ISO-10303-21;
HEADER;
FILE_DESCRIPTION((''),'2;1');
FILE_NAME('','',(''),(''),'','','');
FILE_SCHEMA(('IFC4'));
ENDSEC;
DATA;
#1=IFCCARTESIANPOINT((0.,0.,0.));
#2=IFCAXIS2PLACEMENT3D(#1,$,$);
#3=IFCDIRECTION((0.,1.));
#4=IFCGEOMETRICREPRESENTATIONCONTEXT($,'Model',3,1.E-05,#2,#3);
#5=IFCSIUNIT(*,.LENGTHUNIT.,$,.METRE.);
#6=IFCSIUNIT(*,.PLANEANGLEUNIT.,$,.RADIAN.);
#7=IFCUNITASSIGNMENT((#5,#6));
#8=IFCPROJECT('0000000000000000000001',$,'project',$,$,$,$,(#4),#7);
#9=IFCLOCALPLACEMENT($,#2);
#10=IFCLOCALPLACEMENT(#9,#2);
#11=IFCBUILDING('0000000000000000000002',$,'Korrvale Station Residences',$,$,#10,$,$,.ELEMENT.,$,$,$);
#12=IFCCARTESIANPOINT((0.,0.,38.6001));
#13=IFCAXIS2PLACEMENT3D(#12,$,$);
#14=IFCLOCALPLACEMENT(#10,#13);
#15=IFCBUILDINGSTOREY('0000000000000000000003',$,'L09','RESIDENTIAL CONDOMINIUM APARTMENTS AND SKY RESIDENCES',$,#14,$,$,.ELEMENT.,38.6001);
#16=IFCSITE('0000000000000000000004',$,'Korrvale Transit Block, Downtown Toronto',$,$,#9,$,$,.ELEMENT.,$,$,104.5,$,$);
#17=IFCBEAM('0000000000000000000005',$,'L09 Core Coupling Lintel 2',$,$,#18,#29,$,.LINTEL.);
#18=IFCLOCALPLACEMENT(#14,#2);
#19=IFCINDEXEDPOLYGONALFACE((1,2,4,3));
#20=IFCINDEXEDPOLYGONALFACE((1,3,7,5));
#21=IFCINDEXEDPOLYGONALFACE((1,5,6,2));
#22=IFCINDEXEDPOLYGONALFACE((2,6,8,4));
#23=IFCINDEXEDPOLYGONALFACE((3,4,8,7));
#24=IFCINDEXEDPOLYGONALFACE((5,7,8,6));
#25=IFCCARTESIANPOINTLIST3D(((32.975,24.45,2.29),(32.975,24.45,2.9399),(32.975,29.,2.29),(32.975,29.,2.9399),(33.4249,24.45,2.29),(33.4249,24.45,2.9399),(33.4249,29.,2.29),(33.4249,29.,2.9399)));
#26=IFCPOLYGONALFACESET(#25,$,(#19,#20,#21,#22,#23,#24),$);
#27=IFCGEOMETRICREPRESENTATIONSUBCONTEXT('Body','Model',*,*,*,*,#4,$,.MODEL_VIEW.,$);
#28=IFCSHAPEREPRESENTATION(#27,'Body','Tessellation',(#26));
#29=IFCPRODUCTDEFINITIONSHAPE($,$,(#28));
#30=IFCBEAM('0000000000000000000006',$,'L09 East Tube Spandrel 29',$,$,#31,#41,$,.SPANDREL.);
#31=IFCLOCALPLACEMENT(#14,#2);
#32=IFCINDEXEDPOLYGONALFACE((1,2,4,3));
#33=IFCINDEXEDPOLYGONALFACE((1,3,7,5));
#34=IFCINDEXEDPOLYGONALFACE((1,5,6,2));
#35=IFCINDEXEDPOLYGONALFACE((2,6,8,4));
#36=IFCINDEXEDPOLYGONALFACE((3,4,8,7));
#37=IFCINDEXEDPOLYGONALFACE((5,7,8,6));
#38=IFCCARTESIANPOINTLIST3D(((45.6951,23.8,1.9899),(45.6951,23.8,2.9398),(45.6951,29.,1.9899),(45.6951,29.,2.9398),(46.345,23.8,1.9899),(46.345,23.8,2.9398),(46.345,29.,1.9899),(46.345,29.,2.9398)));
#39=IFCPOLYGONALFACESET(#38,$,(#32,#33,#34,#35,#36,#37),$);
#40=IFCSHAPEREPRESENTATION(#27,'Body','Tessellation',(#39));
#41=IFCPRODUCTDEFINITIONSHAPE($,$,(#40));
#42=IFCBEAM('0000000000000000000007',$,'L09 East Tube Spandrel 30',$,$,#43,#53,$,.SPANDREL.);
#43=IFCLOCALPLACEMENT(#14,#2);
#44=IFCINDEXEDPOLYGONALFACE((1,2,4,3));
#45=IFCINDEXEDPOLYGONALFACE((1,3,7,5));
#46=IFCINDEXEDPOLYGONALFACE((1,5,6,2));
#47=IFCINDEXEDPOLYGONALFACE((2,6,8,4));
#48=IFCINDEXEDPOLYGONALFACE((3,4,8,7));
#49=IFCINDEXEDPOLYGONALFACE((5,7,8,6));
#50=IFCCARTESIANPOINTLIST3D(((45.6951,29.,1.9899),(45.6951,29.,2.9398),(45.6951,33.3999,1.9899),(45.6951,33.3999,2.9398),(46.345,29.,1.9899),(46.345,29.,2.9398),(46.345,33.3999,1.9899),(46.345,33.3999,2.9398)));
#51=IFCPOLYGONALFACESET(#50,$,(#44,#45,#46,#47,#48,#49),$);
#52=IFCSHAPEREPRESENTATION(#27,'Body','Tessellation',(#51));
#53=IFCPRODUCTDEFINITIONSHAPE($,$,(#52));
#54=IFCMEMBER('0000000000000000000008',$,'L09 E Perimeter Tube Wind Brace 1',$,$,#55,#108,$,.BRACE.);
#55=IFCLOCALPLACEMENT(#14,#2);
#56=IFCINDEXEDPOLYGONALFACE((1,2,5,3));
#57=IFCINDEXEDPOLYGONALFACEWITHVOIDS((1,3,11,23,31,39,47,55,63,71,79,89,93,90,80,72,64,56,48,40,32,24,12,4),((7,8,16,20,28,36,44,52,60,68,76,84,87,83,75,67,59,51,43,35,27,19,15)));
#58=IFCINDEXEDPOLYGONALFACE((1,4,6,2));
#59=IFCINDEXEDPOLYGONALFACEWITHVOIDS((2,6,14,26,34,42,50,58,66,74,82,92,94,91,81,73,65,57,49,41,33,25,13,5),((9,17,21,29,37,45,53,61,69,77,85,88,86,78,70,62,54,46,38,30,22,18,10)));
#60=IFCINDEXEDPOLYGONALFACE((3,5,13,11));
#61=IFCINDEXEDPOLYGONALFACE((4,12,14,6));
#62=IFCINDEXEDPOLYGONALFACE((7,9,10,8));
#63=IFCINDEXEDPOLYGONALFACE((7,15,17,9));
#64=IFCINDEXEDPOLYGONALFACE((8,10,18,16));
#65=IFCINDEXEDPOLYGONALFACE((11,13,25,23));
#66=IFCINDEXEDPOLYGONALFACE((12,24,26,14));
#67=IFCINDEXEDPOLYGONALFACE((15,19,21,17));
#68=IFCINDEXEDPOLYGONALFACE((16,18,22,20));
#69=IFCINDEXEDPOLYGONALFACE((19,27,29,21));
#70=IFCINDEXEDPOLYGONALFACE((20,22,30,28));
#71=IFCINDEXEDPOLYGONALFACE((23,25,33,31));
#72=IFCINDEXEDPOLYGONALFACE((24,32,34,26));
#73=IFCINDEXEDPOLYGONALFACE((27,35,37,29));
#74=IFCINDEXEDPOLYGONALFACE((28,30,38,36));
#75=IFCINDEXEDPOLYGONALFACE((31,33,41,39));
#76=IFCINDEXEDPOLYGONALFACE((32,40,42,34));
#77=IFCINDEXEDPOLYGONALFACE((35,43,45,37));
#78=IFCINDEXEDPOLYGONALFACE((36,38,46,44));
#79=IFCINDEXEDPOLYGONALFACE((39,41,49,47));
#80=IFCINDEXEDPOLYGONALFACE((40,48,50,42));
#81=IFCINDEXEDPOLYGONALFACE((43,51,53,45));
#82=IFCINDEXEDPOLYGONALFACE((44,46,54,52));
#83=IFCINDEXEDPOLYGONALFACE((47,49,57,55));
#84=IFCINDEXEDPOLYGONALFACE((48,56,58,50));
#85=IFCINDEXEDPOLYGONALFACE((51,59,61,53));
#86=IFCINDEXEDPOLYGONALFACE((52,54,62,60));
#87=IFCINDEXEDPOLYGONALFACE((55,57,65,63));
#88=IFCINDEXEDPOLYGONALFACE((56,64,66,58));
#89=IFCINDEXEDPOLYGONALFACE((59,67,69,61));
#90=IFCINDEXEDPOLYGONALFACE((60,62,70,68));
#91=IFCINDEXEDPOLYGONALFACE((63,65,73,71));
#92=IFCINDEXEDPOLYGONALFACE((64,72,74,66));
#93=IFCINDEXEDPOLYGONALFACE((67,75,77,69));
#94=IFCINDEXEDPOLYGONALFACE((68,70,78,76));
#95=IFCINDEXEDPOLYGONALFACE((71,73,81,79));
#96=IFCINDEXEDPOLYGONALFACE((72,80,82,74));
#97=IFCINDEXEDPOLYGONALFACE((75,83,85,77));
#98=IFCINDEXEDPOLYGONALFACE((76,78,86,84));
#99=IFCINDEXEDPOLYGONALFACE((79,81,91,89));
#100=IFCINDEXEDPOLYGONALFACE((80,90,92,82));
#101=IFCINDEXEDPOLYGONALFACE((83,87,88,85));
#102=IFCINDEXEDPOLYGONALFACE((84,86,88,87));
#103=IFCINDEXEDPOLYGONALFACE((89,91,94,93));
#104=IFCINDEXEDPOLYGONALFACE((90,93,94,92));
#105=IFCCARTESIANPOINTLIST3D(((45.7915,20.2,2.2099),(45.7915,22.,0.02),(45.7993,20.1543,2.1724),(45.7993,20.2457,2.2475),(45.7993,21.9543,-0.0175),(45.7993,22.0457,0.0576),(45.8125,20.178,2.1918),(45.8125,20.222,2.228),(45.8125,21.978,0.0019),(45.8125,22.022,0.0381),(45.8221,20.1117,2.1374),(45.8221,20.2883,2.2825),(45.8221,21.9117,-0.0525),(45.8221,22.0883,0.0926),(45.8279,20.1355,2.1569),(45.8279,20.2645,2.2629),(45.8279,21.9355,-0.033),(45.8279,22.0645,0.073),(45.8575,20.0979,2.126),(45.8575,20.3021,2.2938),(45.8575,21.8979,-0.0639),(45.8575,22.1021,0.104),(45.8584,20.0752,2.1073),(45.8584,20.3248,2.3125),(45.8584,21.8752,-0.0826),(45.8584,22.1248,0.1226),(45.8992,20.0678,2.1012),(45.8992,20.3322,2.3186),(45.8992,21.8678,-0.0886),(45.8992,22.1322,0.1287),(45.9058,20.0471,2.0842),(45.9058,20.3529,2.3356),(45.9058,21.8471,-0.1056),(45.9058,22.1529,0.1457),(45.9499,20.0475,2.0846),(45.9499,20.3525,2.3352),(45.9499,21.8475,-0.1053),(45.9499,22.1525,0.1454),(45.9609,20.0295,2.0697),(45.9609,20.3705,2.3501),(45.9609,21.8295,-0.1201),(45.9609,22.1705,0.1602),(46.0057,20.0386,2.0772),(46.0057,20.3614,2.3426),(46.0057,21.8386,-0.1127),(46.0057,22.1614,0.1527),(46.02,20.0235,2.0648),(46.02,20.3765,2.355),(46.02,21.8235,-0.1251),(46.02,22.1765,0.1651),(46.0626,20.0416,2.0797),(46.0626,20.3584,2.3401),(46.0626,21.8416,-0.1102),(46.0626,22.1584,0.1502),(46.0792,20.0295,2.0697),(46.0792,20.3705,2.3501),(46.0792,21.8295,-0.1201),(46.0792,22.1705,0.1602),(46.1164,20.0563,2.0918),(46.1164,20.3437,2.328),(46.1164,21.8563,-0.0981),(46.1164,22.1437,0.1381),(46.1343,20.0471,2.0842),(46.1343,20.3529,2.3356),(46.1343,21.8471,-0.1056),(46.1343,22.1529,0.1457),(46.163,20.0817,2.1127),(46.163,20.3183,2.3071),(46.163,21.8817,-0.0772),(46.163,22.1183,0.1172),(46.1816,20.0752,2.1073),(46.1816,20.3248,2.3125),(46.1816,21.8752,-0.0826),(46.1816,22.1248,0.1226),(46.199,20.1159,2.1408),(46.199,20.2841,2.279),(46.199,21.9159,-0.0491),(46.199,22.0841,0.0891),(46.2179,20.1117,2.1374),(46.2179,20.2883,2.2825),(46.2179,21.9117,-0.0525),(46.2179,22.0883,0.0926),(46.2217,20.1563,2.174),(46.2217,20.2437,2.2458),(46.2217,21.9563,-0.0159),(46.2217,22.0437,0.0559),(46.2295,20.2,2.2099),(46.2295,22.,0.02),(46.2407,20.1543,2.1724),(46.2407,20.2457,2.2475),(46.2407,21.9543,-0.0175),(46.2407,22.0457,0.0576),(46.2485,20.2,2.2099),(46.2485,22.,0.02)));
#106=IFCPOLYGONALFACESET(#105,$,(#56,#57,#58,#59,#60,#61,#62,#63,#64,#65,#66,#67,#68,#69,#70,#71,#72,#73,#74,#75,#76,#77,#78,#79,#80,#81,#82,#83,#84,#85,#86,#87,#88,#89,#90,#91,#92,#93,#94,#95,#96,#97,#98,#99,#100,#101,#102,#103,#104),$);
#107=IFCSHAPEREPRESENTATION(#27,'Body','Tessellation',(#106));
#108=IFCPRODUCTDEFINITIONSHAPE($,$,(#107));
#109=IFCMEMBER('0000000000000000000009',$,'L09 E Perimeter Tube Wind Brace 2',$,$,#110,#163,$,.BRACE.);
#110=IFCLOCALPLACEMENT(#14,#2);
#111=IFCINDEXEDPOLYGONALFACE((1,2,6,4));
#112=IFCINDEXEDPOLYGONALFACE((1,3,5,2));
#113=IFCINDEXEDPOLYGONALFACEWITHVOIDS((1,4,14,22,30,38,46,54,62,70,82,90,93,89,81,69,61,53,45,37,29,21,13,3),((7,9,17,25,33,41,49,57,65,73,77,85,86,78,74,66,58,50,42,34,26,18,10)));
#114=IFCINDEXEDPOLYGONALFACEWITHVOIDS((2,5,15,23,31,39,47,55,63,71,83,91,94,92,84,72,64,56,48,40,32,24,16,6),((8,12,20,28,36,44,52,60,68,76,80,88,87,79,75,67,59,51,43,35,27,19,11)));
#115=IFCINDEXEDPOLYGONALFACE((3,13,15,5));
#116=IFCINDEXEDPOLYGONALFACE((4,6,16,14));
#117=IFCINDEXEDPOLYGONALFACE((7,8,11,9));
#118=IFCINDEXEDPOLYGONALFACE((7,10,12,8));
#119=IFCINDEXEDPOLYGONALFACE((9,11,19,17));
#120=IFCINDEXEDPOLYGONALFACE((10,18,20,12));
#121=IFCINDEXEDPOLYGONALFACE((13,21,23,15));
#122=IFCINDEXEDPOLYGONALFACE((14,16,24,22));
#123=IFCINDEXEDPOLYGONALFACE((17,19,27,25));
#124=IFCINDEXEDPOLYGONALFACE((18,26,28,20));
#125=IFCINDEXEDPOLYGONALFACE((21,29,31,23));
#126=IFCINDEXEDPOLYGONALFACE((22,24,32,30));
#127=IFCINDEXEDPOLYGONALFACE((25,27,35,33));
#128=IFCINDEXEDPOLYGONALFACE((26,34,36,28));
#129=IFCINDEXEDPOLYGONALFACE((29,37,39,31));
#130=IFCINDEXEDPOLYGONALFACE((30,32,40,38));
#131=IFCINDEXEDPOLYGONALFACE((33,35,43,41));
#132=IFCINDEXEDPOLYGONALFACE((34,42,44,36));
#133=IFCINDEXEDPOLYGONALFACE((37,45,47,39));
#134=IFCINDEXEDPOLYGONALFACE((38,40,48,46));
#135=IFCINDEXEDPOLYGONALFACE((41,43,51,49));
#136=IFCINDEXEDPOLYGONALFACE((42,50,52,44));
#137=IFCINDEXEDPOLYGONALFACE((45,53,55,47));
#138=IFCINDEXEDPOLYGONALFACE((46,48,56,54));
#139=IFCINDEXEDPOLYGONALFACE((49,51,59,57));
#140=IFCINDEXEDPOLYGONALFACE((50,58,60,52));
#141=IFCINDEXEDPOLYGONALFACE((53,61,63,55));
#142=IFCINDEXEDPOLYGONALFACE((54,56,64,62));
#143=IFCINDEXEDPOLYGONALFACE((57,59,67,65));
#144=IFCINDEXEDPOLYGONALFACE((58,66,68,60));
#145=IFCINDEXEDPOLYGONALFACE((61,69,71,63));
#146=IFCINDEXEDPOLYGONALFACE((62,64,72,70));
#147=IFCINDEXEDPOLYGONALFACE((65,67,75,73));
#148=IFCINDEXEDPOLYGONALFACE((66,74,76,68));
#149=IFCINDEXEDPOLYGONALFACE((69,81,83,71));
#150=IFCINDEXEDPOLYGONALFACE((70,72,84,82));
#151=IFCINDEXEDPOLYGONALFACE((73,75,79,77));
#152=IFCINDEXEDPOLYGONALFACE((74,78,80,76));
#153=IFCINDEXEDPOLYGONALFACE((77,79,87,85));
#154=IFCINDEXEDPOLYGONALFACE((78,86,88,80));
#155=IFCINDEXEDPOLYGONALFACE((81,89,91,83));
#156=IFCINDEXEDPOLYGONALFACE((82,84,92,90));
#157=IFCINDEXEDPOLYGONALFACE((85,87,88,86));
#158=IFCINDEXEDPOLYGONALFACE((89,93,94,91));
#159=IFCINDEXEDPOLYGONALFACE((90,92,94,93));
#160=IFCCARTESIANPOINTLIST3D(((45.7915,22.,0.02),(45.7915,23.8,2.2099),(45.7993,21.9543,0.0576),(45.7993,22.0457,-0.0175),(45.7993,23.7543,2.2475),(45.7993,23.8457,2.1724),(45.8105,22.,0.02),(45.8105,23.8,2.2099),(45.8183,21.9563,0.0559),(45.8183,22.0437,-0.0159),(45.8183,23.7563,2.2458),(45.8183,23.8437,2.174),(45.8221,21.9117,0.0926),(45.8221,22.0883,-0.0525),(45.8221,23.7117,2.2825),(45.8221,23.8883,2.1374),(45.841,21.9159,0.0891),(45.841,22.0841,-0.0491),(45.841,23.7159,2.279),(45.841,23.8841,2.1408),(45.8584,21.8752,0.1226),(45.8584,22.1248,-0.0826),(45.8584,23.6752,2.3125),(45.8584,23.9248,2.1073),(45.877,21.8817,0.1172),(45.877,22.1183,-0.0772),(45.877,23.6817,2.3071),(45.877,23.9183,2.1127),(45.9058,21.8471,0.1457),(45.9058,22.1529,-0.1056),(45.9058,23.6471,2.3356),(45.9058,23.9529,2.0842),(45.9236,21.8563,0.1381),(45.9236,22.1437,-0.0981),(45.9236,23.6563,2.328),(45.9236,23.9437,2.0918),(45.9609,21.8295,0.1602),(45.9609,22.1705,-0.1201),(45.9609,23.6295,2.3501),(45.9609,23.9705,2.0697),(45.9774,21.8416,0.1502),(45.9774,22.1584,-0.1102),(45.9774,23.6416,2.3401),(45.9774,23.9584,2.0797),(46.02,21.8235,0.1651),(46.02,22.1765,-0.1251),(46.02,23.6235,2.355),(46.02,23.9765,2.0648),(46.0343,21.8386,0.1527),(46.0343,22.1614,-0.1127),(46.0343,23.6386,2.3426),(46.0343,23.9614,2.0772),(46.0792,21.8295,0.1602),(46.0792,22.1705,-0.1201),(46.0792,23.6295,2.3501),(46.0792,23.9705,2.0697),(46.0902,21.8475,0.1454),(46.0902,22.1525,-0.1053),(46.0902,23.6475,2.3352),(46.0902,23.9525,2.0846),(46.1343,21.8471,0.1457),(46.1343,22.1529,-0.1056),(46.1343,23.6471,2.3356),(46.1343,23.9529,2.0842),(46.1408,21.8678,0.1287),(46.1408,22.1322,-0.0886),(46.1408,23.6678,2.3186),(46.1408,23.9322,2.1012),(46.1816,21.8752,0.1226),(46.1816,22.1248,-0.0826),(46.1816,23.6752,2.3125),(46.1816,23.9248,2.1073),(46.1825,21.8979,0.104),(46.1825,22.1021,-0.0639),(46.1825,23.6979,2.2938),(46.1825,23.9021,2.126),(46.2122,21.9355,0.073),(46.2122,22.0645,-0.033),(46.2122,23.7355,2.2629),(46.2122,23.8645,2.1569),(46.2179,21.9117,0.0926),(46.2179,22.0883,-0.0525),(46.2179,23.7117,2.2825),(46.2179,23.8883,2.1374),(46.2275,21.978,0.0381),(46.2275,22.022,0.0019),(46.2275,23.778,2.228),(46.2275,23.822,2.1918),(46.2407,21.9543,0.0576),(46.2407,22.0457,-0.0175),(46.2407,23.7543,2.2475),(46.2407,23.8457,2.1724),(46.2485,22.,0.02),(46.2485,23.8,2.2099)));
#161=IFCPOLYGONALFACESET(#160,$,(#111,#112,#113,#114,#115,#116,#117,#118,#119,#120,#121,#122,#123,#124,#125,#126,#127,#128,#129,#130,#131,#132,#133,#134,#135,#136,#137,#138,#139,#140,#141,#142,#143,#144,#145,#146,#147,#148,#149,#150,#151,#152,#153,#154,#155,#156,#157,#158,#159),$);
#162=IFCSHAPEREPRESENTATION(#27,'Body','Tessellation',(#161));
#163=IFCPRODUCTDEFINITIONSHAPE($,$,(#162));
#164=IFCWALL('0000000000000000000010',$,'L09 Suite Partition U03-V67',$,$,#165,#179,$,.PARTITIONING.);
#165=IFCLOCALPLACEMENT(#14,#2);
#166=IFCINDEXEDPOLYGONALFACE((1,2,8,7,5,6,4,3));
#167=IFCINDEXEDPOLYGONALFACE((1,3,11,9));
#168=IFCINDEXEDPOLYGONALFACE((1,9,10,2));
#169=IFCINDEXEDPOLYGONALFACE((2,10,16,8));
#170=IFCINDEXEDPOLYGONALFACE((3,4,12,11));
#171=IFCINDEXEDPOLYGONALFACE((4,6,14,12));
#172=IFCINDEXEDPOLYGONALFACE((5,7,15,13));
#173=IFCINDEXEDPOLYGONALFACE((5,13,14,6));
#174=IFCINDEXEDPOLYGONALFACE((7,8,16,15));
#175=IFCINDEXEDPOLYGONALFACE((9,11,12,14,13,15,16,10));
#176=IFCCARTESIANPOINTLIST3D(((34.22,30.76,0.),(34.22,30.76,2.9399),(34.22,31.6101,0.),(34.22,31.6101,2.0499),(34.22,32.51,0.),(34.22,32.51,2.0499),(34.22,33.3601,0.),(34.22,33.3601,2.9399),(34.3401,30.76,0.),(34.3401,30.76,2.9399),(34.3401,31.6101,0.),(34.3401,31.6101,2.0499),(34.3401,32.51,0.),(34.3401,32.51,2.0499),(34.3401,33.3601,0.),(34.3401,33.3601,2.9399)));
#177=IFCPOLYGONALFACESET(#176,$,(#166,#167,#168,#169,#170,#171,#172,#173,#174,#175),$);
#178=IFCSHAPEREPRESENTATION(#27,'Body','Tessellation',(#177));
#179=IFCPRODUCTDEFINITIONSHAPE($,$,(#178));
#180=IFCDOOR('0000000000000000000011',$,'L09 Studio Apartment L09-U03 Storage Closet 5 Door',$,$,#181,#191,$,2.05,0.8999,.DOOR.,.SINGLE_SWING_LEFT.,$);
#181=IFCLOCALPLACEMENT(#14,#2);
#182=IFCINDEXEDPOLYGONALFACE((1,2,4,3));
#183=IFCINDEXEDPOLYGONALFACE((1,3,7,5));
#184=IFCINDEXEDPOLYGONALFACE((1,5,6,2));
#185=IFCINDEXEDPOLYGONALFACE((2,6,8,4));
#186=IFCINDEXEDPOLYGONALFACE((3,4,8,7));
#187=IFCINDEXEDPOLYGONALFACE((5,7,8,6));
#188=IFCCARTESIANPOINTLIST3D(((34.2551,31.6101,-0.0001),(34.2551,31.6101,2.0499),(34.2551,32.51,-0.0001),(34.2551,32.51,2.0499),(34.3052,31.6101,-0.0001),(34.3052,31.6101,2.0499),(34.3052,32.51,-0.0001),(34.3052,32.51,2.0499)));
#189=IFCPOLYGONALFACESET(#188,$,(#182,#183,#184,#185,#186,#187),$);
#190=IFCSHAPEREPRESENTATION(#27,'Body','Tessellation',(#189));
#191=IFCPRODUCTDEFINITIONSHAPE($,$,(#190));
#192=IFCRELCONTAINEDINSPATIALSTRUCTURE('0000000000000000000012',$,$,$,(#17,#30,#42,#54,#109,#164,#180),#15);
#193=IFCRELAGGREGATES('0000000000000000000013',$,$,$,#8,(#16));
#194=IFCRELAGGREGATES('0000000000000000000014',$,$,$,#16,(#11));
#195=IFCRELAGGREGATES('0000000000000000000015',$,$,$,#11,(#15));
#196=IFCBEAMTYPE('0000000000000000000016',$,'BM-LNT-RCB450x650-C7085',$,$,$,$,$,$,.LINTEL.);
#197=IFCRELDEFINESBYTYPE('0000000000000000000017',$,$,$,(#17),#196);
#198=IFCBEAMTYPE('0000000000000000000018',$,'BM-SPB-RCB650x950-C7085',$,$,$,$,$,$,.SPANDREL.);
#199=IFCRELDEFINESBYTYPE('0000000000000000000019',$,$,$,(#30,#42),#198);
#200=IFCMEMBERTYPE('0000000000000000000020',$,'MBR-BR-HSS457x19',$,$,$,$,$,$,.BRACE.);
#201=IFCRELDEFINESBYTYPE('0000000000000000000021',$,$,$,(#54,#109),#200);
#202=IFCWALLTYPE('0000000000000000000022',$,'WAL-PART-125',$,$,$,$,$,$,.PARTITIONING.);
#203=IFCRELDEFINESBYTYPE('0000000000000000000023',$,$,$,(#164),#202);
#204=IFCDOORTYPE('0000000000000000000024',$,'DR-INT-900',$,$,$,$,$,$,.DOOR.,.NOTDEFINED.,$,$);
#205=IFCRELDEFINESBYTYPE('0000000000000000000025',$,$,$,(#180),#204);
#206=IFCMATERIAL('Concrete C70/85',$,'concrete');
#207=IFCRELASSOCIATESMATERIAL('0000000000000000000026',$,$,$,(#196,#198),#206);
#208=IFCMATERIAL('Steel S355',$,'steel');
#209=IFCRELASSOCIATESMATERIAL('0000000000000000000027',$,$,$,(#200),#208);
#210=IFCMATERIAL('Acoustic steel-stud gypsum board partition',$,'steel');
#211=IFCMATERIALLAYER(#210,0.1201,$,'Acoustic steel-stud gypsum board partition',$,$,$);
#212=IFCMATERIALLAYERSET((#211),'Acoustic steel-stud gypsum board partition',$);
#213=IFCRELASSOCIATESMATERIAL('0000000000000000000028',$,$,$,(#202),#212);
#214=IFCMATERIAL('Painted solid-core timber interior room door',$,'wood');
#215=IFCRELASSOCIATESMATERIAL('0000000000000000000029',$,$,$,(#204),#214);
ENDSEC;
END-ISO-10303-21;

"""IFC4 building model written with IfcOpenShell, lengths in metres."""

from ifc_helpers import new_model, si_unit, direction, frame, frame_2d, origin, origin_2d, place, context, subcontext, project, spatial, rectangle, hollow_circle, extrude, material, layer, layer_set, material_profile, profile_set, type_object, element, fill, save


model = new_model("IFC4")

# Units and contexts
model_context = context("Model", 3, precision=1e-05, world=origin(), true_north=direction((0.0, 1.0)))
body_context = subcontext(model_context, "Body", "Model", "MODEL_VIEW")
ifc_project = project(units=[si_unit("LENGTHUNIT", "METRE"), si_unit("PLANEANGLEUNIT", "RADIAN")], contexts=[model_context])

# Site, building, storey
site_placement = place(None, origin())
site = spatial("IfcSite", under=ifc_project, at=site_placement, Name="Korrvale Transit Block, Downtown Toronto", CompositionType="ELEMENT", RefElevation=104.5)
building_placement = place(site_placement, origin())
building = spatial("IfcBuilding", under=site, at=building_placement, Name="Korrvale Station Residences", CompositionType="ELEMENT")
storey_placement = place(building_placement, frame((0.0, 0.0, 38.6001)))
storey = spatial("IfcBuildingStorey", under=building, at=storey_placement, Name="L09", Description="RESIDENTIAL CONDOMINIUM APARTMENTS AND SKY RESIDENCES", CompositionType="ELEMENT", Elevation=38.6001)

# Shared definitions
ifc_material_1 = material(Name="Concrete C70/85", Category="concrete")

# Beams
ifc_material_2 = material(Name="Steel S355", Category="steel")
ifc_material_profile_1 = material_profile(ifc_material_1, rectangle(XDim=0.45, YDim=0.6499, at=origin_2d()), Name="RCB450x650")
ifc_profile_set_1 = profile_set([ifc_material_profile_1], Name="Concrete C70/85")
beam_type_1 = type_object("IfcBeamType", Name="BM-LNT-RCB450x650-C7085", PredefinedType="LINTEL", material=ifc_profile_set_1)
beam_1_placement = place(storey_placement, frame((33.2, 24.45, 2.615), z_axis=(0.0, 1.0, 0.0), x_axis=(-1.0, 0.0, 0.0)))
element("IfcBeam", 1, at=beam_1_placement, inside=storey, type_object=beam_type_1, Name="L09 Core Coupling Lintel 2", PredefinedType="LINTEL", context=body_context, shape_type="SweptSolid", body=[
    extrude(rectangle(XDim=0.45, YDim=0.6499, at=origin_2d()), origin(), (0.0, 0.0, 1.0), 4.55),
])
ifc_material_profile_2 = material_profile(ifc_material_1, rectangle(XDim=0.6499, YDim=0.95, at=origin_2d()), Name="RCB650x950")
ifc_profile_set_2 = profile_set([ifc_material_profile_2], Name="Concrete C70/85")
beam_type_2 = type_object("IfcBeamType", Name="BM-SPB-RCB650x950-C7085", PredefinedType="SPANDREL", material=ifc_profile_set_2)
beam_2_placement = place(storey_placement, frame((46.02, 23.8, 2.4648), z_axis=(0.0, 1.0, 0.0), x_axis=(-1.0, 0.0, 0.0)))
element("IfcBeam", 2, at=beam_2_placement, inside=storey, type_object=beam_type_2, Name="L09 East Tube Spandrel 29", PredefinedType="SPANDREL", context=body_context, shape_type="SweptSolid", body=[
    extrude(rectangle(XDim=0.6499, YDim=0.95, at=origin_2d()), origin(), (0.0, 0.0, 1.0), 5.2),
])
beam_3_placement = place(storey_placement, frame((46.02, 29.0, 2.4648), z_axis=(0.0, 1.0, 0.0), x_axis=(-1.0, 0.0, 0.0)))
element("IfcBeam", 3, at=beam_3_placement, inside=storey, type_object=beam_type_2, Name="L09 East Tube Spandrel 30", PredefinedType="SPANDREL", context=body_context, shape_type="SweptSolid", body=[
    extrude(rectangle(XDim=0.6499, YDim=0.95, at=origin_2d()), origin(), (0.0, 0.0, 1.0), 4.3999),
])

# Members
ifc_material_profile_3 = material_profile(ifc_material_2, hollow_circle(Radius=0.2285, WallThickness=0.019, at=origin_2d()), Name="HSS457x19")
ifc_profile_set_3 = profile_set([ifc_material_profile_3], Name="Steel S355")
member_type = type_object("IfcMemberType", Name="MBR-BR-HSS457x19", PredefinedType="BRACE", material=ifc_profile_set_3)
for number, where, z_axis, x_axis, name in (
    (4, (46.02, 22.0, 0.02), (0.0, -0.634985, 0.772524), (1.0, 0.0, 0.0), "L09 E Perimeter Tube Wind Brace 1"),
    (5, (46.02, 22.0, 0.02), (0.0, 0.634985, 0.772524), (-1.0, 0.0, 0.0), "L09 E Perimeter Tube Wind Brace 2"),
):
    element("IfcMember", number, at=place(storey_placement, frame(where, z_axis=z_axis, x_axis=x_axis)), inside=storey, type_object=member_type, Name=name, PredefinedType="BRACE", context=body_context, shape_type="SweptSolid", body=[
        extrude(hollow_circle(Radius=0.2285, WallThickness=0.019, at=origin_2d()), origin(), (0.0, 0.0, 1.0), 2.8347),
    ])

# Wall, opening, door
ifc_material_3 = material(Name="Acoustic steel-stud gypsum board partition", Category="steel")
ifc_layer_1 = layer(ifc_material_3, 0.1201, Name="Acoustic steel-stud gypsum board partition")
ifc_layer_set_1 = layer_set([ifc_layer_1], Name="Acoustic steel-stud gypsum board partition")
wall_type_1 = type_object("IfcWallType", Name="WAL-PART-125", PredefinedType="PARTITIONING", material=ifc_layer_set_1)
wall_1_placement = place(storey_placement, frame((34.28, 30.76, 0.0), z_axis=(0.0, 0.0, 1.0), x_axis=(0.0, 1.0, 0.0)))
wall_1 = element("IfcWall", 6, at=wall_1_placement, inside=storey, type_object=wall_type_1, Name="L09 Suite Partition U03-V67", PredefinedType="PARTITIONING", context=body_context, shape_type="SweptSolid", body=[
    extrude(rectangle(XDim=2.6001, YDim=0.1201, at=frame_2d((1.3, 0.0))), origin(), (0.0, 0.0, 1.0), 2.9399),
])
opening_1_placement = place(wall_1_placement, frame((0.8501, 0.0, 0.0)))
opening_1 = element("IfcOpeningElement", 7, at=opening_1_placement, cuts=wall_1, PredefinedType="OPENING", context=body_context, shape_type="SweptSolid", body=[
    extrude(rectangle(XDim=0.8999, YDim=2.05, at=frame_2d((0.45, 1.0249))), frame((0.0, 0.0701, 0.0), z_axis=(0.0, -1.0, 0.0), x_axis=(1.0, 0.0, 0.0)), (0.0, 0.0, 1.0), 0.1401),
])
ifc_material_4 = material(Name="Painted solid-core timber interior room door", Category="wood")
door_type = type_object("IfcDoorType", Name="DR-INT-900", OperationType="NOTDEFINED", PredefinedType="DOOR", material=ifc_material_4)
door_1_placement = place(opening_1_placement, origin())
door_1 = element("IfcDoor", 8, at=door_1_placement, inside=storey, type_object=door_type, Name="L09 Studio Apartment L09-U03 Storage Closet 5 Door", OperationType="SINGLE_SWING_LEFT", OverallHeight=2.05, OverallWidth=0.8999, PredefinedType="DOOR", context=body_context, shape_type="SweptSolid", body=[
    extrude(rectangle(XDim=0.8999, YDim=2.05, at=frame_2d((0.45, 1.0249))), frame((0.0, 0.0249, 0.0), z_axis=(0.0, -1.0, 0.0), x_axis=(1.0, 0.0, 0.0)), (0.0, 0.0, 1.0), 0.05),
])
fill(opening_1, door_1)

save(model, "model.ifc")
